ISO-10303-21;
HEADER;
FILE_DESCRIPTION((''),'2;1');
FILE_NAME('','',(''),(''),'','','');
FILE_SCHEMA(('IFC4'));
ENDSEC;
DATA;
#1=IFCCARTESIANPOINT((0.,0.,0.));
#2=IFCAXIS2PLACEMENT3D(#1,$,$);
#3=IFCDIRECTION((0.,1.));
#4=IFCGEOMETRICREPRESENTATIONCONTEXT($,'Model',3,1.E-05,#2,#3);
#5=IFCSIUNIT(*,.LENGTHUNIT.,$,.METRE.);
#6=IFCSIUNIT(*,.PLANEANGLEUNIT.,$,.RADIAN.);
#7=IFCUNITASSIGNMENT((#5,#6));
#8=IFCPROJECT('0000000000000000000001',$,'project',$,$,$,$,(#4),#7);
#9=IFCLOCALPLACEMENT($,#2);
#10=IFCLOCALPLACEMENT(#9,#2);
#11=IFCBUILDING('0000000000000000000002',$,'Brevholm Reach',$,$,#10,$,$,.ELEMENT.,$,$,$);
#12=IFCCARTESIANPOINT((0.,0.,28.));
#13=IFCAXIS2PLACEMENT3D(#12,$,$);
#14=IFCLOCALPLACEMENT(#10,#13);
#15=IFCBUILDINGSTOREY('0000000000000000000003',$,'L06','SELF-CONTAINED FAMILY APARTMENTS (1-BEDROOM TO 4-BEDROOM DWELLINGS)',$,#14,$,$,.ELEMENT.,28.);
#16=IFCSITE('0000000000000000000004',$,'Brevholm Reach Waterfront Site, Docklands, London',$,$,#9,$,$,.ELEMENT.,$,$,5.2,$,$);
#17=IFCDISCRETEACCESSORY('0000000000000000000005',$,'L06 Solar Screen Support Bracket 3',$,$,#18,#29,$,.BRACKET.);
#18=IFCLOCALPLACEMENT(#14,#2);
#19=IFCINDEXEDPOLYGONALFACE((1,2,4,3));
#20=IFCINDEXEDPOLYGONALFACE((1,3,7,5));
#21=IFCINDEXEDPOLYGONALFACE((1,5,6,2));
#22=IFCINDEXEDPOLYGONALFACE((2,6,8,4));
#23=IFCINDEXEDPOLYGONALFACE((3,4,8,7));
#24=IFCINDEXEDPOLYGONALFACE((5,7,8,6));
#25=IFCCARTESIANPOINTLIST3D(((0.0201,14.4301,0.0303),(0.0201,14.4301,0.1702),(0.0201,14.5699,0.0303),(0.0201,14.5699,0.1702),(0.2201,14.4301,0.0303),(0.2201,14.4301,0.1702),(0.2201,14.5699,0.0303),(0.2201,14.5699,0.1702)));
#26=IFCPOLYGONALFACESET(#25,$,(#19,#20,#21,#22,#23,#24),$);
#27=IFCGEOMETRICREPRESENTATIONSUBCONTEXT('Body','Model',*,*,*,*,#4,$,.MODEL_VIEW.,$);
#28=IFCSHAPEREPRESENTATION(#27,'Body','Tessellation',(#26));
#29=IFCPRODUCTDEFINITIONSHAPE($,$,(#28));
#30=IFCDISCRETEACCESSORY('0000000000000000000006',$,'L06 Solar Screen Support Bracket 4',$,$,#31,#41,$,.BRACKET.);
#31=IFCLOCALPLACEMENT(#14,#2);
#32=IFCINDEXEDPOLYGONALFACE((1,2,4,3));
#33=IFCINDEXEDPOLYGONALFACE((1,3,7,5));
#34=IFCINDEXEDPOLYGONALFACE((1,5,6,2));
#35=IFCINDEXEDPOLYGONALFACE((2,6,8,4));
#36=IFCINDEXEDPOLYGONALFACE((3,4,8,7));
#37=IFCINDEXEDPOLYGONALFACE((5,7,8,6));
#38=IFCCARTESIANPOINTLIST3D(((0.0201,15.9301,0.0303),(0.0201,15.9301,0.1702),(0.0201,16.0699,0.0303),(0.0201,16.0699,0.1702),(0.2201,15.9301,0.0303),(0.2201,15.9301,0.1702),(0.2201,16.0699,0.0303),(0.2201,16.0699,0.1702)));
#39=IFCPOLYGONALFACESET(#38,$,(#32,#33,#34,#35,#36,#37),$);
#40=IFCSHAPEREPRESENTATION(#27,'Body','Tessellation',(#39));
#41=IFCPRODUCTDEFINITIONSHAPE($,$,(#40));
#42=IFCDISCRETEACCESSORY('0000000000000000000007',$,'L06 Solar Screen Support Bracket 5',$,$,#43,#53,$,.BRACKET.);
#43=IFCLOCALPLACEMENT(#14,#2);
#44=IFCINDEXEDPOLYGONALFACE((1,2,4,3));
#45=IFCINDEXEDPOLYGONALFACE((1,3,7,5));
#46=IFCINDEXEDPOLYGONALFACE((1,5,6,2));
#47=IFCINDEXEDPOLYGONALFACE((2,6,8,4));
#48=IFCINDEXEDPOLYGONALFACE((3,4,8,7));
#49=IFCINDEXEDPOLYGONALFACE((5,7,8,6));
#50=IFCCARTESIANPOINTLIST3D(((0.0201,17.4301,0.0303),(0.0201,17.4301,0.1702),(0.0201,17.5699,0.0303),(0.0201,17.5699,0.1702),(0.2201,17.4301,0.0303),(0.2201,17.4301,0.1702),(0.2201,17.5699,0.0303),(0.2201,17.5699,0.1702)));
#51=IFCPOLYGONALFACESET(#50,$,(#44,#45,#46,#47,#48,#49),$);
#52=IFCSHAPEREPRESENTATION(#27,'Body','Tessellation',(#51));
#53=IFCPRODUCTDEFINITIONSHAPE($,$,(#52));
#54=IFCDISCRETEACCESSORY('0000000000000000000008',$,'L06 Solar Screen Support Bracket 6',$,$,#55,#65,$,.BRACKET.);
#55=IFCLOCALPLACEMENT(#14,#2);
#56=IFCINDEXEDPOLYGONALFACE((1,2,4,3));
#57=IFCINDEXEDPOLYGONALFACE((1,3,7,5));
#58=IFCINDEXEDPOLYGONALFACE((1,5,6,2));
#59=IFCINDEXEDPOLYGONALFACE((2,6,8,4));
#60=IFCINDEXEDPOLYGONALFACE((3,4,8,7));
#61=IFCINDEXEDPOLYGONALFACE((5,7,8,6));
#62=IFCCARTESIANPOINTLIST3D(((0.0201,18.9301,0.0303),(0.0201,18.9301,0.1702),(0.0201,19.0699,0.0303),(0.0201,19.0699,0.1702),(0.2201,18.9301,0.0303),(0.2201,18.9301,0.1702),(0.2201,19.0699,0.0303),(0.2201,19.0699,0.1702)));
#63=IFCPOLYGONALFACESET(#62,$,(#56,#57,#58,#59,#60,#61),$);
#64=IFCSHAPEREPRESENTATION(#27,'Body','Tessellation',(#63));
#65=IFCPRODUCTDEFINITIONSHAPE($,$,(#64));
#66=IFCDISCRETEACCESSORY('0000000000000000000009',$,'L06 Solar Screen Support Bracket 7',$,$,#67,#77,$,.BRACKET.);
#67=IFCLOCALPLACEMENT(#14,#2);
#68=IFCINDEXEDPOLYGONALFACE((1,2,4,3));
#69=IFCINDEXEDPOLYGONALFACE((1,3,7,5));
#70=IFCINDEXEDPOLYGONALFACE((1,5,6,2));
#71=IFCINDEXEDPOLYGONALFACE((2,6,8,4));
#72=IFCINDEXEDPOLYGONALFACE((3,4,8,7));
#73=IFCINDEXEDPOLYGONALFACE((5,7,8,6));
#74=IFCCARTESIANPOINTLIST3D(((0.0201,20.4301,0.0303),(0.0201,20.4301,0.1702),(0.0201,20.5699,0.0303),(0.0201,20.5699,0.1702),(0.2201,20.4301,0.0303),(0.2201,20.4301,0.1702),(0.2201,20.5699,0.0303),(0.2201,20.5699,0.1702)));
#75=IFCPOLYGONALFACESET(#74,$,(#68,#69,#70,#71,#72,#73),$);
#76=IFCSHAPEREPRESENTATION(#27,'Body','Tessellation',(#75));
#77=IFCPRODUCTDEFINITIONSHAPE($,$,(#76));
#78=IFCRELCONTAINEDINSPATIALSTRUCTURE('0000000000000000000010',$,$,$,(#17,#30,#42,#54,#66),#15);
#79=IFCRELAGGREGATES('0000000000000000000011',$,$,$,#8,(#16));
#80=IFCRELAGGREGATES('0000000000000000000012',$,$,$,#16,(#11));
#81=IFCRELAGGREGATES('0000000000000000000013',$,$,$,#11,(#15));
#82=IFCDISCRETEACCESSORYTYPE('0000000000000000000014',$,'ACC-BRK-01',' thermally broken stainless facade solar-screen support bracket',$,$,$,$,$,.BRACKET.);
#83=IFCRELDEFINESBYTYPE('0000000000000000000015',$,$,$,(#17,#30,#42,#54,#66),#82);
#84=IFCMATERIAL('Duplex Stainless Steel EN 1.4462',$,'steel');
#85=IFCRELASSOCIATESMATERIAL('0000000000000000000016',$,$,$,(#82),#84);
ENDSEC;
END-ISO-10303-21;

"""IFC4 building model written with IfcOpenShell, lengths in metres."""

from ifc_helpers import new_model, si_unit, direction, frame, origin, origin_2d, place, context, subcontext, project, spatial, rectangle, extrude, material, type_object, element, save


model = new_model("IFC4")

# Units and contexts
model_context = context("Model", 3, precision=1e-05, world=origin(), true_north=direction((0.0, 1.0)))
body_context = subcontext(model_context, "Body", "Model", "MODEL_VIEW")
ifc_project = project(units=[si_unit("LENGTHUNIT", "METRE"), si_unit("PLANEANGLEUNIT", "RADIAN")], contexts=[model_context])

# Site, building, storey
site_placement = place(None, origin())
site = spatial("IfcSite", under=ifc_project, at=site_placement, Name="Brevholm Reach Waterfront Site, Docklands, London", CompositionType="ELEMENT", RefElevation=5.2)
building_placement = place(site_placement, origin())
building = spatial("IfcBuilding", under=site, at=building_placement, Name="Brevholm Reach", CompositionType="ELEMENT")
storey_placement = place(building_placement, frame((0.0, 0.0, 28.0)))
storey = spatial("IfcBuildingStorey", under=building, at=storey_placement, Name="L06", Description="SELF-CONTAINED FAMILY APARTMENTS (1-BEDROOM TO 4-BEDROOM DWELLINGS)", CompositionType="ELEMENT", Elevation=28.0)

# Discrete accessories
ifc_material_1 = material(Name="Duplex Stainless Steel EN 1.4462", Category="steel")
discrete_accessory_type = type_object("IfcDiscreteAccessoryType", Name="ACC-BRK-01", Description=" thermally broken stainless facade solar-screen support bracket", PredefinedType="BRACKET", material=ifc_material_1)
for number, where, z_axis, x_axis, name in (
    (1, (0.1201, 14.5, 0.0303), (0.0, 0.0, 1.0), (-1.0, 0.0, 0.0), "L06 Solar Screen Support Bracket 3"),
    (2, (0.1201, 16.0, 0.0303), (0.0, 0.0, 1.0), (-1.0, 0.0, 0.0), "L06 Solar Screen Support Bracket 4"),
    (3, (0.1201, 17.5, 0.0303), (0.0, 0.0, 1.0), (-1.0, 0.0, 0.0), "L06 Solar Screen Support Bracket 5"),
    (4, (0.1201, 19.0, 0.0303), (0.0, 0.0, 1.0), (-1.0, 0.0, 0.0), "L06 Solar Screen Support Bracket 6"),
    (5, (0.1201, 20.5, 0.0303), (0.0, 0.0, 1.0), (-1.0, 0.0, 0.0), "L06 Solar Screen Support Bracket 7"),
):
    element("IfcDiscreteAccessory", number, at=place(storey_placement, frame(where, z_axis=z_axis, x_axis=x_axis)), inside=storey, type_object=discrete_accessory_type, Name=name, PredefinedType="BRACKET", context=body_context, shape_type="SweptSolid", body=[
        extrude(rectangle(XDim=0.2, YDim=0.1399, at=origin_2d()), origin(), (0.0, 0.0, 1.0), 0.1399),
    ])

save(model, "model.ifc")
